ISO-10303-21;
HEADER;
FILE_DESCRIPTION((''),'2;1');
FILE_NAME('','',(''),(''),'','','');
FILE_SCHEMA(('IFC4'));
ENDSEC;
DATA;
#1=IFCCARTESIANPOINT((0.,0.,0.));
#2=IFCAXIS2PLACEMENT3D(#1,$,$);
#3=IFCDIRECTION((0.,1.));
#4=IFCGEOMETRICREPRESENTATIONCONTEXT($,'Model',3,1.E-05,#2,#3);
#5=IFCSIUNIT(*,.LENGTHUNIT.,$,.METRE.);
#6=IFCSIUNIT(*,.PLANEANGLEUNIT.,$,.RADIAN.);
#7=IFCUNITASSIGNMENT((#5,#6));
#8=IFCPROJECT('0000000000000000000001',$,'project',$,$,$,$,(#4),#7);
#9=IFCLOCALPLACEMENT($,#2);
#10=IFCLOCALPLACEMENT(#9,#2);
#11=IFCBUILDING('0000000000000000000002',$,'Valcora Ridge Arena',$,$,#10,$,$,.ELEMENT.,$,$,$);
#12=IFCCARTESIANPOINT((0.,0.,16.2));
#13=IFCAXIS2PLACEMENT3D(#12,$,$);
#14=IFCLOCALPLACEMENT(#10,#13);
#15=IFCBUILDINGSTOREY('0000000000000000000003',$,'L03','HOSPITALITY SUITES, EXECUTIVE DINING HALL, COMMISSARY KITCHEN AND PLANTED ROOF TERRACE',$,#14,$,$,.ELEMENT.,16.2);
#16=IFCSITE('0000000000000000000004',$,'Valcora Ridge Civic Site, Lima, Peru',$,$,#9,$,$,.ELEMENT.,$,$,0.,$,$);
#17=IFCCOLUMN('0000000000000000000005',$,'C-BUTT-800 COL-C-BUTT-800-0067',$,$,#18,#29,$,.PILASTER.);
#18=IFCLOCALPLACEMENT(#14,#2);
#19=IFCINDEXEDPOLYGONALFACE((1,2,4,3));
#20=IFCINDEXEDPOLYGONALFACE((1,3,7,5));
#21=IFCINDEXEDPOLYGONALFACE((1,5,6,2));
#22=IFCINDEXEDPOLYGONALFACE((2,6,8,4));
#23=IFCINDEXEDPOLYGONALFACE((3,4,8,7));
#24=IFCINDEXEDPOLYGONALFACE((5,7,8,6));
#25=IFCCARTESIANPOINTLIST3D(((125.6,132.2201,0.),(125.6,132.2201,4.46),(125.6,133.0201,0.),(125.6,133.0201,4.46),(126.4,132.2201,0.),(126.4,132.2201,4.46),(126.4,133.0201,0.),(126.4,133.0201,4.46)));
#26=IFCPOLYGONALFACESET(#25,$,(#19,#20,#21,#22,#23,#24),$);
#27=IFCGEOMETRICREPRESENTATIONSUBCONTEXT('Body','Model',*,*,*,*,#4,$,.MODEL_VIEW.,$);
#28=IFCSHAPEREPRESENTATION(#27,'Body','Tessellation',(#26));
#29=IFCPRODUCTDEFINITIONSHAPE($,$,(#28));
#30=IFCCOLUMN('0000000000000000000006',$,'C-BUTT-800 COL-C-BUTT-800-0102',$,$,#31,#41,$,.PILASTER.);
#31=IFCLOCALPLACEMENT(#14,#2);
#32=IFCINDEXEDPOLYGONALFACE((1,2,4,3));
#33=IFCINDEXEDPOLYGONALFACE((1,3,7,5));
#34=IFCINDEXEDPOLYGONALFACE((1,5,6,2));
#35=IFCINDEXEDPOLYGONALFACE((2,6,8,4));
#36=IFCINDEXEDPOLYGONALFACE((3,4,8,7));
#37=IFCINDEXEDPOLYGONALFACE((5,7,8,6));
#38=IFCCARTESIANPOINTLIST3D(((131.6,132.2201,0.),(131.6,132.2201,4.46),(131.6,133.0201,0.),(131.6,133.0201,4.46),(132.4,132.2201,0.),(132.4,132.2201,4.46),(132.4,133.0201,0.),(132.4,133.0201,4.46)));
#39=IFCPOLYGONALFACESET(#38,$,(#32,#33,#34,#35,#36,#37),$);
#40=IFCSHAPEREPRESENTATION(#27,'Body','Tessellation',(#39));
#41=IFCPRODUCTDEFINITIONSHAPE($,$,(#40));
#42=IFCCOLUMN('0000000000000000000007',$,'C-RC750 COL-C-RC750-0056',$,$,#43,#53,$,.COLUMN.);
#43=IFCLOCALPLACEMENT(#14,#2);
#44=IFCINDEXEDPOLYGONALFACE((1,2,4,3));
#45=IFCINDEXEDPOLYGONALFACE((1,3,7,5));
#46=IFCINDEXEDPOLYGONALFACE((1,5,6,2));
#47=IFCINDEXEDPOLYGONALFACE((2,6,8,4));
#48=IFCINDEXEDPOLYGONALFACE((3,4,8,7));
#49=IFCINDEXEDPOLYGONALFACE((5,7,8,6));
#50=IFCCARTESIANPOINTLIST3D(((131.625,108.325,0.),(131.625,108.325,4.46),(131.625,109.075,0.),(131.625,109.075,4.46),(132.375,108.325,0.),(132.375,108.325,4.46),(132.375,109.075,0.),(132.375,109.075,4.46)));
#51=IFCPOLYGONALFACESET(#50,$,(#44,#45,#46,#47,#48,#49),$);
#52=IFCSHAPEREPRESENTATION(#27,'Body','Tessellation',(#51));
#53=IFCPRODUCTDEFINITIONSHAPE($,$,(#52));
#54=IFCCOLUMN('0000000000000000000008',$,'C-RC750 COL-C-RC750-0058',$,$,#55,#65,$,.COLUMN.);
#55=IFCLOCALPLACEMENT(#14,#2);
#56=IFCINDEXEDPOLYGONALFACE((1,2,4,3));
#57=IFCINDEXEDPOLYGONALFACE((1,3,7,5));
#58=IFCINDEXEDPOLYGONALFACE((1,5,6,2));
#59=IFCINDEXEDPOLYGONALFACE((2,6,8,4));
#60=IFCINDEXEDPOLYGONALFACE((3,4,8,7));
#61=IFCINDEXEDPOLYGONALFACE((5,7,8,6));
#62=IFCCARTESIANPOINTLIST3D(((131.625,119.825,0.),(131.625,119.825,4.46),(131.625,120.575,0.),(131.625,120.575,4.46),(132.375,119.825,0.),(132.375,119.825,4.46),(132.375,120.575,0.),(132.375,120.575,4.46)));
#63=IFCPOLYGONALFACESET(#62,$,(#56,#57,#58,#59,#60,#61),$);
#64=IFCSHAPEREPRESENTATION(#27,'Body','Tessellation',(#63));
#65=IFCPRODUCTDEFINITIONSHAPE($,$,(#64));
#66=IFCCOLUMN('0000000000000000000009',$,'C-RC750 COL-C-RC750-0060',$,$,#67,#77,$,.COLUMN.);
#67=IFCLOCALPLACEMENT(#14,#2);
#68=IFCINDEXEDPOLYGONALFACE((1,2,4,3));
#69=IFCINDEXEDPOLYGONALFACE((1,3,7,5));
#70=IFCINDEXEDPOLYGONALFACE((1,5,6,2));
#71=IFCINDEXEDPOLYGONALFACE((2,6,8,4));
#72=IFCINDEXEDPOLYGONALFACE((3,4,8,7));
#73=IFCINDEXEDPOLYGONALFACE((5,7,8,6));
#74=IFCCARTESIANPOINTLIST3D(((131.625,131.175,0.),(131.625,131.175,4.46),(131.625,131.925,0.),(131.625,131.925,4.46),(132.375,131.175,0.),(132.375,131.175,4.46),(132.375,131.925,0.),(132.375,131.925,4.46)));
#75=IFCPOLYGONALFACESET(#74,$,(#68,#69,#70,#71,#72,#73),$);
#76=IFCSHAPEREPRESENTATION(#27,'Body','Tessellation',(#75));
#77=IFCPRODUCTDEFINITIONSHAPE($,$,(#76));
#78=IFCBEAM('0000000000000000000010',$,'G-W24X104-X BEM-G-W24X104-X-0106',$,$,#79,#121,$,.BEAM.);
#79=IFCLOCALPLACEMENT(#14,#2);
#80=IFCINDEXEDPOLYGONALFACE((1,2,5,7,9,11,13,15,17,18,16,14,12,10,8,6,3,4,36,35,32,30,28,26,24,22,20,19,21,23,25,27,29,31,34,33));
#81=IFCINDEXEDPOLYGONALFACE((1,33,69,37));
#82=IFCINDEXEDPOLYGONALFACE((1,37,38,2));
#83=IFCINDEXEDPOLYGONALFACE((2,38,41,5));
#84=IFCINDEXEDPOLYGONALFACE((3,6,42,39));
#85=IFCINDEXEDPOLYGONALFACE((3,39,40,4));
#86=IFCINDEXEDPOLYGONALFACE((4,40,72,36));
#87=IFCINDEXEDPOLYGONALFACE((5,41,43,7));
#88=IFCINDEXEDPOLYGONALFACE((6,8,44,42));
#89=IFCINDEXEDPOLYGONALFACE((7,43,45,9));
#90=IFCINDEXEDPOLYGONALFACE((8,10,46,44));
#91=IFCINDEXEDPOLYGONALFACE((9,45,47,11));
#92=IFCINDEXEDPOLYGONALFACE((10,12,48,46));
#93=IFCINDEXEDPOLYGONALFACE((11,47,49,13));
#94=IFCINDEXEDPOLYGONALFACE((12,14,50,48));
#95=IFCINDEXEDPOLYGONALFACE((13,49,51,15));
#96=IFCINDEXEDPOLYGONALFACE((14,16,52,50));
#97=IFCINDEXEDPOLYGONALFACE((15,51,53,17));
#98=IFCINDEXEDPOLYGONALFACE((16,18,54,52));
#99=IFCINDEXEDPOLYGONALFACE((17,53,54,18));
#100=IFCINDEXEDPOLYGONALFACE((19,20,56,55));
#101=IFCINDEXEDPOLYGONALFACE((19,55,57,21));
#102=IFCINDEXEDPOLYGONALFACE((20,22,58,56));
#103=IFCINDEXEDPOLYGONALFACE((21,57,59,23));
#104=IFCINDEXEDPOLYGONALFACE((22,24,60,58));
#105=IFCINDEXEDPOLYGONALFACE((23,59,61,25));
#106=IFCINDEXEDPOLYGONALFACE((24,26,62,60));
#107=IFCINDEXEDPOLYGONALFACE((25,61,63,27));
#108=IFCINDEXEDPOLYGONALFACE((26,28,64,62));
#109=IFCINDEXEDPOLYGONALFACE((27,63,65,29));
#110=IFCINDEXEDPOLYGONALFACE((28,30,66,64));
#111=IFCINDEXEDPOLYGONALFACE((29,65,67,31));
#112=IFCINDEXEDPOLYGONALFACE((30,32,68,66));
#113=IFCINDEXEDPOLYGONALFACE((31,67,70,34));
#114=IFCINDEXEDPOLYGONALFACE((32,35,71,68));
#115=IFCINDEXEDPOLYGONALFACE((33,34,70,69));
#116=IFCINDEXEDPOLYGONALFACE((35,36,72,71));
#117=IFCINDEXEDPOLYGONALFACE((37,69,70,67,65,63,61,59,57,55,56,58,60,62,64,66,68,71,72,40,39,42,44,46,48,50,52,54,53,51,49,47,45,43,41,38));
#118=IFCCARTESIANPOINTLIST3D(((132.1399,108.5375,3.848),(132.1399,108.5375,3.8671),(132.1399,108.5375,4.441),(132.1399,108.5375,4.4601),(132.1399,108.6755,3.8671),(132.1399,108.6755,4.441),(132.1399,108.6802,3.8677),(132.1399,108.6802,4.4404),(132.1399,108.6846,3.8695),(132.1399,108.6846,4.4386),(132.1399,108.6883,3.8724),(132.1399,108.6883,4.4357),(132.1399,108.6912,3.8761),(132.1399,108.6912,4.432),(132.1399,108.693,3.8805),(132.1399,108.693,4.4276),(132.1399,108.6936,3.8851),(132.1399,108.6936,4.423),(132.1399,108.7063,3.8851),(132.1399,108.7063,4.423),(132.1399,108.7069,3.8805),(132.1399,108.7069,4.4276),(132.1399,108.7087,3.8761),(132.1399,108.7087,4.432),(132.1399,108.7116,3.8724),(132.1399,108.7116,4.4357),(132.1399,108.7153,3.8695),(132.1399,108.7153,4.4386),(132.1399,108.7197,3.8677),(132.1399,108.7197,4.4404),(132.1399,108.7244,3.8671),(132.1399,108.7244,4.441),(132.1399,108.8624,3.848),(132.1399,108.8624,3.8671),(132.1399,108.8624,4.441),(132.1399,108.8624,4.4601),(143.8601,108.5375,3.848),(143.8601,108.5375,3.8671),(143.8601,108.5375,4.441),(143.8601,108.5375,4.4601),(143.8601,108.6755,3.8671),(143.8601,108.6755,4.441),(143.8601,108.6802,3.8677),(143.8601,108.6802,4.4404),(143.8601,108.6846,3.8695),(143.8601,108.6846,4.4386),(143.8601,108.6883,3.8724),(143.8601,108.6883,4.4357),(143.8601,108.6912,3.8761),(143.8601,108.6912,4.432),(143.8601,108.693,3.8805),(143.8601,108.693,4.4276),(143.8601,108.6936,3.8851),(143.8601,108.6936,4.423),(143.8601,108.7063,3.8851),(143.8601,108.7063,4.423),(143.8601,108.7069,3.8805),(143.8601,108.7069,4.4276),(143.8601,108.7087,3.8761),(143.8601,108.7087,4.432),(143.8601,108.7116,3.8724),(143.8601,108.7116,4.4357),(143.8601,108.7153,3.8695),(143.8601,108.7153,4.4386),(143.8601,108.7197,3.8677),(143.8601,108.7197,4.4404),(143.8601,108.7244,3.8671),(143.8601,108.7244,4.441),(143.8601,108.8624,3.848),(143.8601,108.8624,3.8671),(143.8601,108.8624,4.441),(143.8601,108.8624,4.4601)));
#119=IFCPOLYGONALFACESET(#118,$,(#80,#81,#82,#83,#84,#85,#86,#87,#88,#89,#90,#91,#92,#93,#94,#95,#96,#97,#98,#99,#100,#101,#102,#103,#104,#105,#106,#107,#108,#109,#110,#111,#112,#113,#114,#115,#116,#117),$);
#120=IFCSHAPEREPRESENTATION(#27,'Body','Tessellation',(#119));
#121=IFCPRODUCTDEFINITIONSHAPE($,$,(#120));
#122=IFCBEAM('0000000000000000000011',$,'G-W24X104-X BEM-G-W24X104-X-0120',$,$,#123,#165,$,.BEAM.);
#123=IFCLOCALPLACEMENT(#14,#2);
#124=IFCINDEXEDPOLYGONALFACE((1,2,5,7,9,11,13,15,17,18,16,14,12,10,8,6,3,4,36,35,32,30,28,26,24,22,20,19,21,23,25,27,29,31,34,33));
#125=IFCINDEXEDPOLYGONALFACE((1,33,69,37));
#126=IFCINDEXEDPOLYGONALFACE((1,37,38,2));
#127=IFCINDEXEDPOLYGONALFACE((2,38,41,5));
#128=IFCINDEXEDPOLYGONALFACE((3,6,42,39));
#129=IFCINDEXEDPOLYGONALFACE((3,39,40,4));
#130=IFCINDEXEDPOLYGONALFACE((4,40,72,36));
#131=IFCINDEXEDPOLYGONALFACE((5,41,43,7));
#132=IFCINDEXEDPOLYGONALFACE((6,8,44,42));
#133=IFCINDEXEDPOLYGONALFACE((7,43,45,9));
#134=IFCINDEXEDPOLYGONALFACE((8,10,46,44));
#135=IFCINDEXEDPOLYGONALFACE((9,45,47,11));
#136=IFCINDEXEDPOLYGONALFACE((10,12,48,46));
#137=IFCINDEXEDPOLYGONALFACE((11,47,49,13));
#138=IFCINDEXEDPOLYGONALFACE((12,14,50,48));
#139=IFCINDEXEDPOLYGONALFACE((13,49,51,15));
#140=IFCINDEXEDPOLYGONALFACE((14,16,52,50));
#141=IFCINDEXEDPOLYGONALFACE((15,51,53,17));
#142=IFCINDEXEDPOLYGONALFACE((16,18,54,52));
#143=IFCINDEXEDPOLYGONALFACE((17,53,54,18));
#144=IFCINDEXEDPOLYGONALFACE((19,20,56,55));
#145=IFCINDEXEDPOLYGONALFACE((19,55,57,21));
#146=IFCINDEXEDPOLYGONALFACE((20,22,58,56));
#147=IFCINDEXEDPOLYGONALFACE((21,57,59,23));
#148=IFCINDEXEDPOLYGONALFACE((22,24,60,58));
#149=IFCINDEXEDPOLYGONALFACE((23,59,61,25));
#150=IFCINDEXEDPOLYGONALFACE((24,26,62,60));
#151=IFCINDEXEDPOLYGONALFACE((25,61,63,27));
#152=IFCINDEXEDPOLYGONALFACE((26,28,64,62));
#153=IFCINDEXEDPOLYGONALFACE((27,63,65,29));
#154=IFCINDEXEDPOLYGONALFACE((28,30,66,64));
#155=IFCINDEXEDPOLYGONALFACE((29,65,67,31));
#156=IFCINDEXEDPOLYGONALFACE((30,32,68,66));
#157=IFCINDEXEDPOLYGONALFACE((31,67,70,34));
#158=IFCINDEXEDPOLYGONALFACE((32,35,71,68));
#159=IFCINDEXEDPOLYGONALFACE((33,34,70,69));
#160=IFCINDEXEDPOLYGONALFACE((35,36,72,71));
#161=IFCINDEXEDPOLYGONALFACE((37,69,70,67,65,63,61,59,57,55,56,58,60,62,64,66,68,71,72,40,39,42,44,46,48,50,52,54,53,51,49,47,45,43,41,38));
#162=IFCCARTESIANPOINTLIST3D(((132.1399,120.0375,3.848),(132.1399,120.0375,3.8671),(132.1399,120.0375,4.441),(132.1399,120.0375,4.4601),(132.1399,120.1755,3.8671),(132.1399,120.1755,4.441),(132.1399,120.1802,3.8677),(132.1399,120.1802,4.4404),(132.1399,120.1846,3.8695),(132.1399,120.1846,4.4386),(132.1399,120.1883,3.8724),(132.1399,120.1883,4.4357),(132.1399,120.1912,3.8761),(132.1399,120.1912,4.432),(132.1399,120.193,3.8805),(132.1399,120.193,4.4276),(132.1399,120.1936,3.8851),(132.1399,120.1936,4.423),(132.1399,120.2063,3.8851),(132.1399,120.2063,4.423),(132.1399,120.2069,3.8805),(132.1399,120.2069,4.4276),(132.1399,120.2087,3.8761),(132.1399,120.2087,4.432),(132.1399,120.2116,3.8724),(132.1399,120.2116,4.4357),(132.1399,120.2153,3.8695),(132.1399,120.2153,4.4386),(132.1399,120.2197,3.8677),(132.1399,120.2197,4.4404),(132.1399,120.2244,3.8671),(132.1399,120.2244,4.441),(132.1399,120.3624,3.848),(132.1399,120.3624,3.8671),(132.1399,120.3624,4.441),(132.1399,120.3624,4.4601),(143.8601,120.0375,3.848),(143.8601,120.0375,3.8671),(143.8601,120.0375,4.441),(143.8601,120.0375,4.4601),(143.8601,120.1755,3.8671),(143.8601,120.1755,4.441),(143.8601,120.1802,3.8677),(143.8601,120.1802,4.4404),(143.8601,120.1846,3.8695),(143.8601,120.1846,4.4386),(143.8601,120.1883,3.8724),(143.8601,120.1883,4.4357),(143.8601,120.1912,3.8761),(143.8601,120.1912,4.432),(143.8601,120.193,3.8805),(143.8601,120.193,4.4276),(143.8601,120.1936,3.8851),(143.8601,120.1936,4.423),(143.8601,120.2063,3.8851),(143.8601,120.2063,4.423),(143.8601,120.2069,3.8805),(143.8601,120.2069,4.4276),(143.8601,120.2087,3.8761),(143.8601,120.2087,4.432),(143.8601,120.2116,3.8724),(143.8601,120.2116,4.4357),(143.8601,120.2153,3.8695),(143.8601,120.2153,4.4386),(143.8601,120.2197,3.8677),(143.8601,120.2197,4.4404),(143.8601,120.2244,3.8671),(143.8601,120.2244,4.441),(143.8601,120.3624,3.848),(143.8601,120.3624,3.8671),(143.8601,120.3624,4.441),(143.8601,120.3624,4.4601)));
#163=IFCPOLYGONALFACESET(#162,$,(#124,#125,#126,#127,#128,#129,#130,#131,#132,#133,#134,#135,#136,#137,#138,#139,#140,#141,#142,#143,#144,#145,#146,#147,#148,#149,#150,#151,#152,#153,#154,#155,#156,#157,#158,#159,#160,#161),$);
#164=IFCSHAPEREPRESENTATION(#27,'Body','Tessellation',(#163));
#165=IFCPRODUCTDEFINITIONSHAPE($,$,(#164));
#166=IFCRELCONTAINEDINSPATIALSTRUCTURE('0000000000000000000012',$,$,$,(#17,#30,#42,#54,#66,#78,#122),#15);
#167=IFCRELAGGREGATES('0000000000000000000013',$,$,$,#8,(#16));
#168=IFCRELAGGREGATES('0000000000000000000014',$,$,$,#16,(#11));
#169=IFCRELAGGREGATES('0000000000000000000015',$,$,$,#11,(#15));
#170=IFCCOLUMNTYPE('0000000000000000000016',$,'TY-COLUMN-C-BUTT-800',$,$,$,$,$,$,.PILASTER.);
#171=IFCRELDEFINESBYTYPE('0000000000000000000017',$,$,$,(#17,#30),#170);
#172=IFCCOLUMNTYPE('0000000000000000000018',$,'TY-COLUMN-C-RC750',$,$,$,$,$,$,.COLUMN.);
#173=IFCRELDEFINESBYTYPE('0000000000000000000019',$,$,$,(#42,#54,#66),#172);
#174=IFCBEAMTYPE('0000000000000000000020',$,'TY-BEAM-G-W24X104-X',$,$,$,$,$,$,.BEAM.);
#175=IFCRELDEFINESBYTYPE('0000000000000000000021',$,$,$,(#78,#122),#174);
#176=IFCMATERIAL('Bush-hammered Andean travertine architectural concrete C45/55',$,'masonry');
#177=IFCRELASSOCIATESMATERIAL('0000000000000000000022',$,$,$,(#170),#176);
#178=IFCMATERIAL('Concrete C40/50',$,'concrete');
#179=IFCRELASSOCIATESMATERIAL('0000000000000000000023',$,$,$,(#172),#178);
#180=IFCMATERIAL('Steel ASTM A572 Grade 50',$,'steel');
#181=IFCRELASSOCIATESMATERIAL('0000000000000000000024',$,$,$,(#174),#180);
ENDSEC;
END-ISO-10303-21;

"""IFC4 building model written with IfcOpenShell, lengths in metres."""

from ifc_helpers import new_model, si_unit, direction, frame, origin, origin_2d, place, context, subcontext, project, spatial, rectangle, i_section, extrude, material, material_profile, profile_set, type_object, element, save


model = new_model("IFC4")

# Units and contexts
model_context = context("Model", 3, precision=1e-05, world=origin(), true_north=direction((0.0, 1.0)))
body_context = subcontext(model_context, "Body", "Model", "MODEL_VIEW")
ifc_project = project(units=[si_unit("LENGTHUNIT", "METRE"), si_unit("PLANEANGLEUNIT", "RADIAN")], contexts=[model_context])

# Site, building, storey
site_placement = place(None, origin())
site = spatial("IfcSite", under=ifc_project, at=site_placement, Name="Valcora Ridge Civic Site, Lima, Peru", CompositionType="ELEMENT", RefElevation=0.0)
building_placement = place(site_placement, origin())
building = spatial("IfcBuilding", under=site, at=building_placement, Name="Valcora Ridge Arena", CompositionType="ELEMENT")
storey_placement = place(building_placement, frame((0.0, 0.0, 16.2)))
storey = spatial("IfcBuildingStorey", under=building, at=storey_placement, Name="L03", Description="HOSPITALITY SUITES, EXECUTIVE DINING HALL, COMMISSARY KITCHEN AND PLANTED ROOF TERRACE", CompositionType="ELEMENT", Elevation=16.2)

# Columns
ifc_material_1 = material(Name="Bush-hammered Andean travertine architectural concrete C45/55", Category="masonry")
ifc_material_profile_1 = material_profile(ifc_material_1, rectangle(XDim=0.8, YDim=0.8, at=origin_2d()), Name="RC 800x800")
ifc_profile_set_1 = profile_set([ifc_material_profile_1], Name="Bush-hammered Andean travertine architectural concrete C45/55")
column_type_1 = type_object("IfcColumnType", Name="TY-COLUMN-C-BUTT-800", PredefinedType="PILASTER", material=ifc_profile_set_1)
for number, where, z_axis, x_axis, name in (
    (1, (126.0, 132.6201, 0.0), (0.0, 0.0, 1.0), (1.0, 0.0, 0.0), "C-BUTT-800 COL-C-BUTT-800-0067"),
    (2, (132.0, 132.6201, 0.0), (0.0, 0.0, 1.0), (1.0, 0.0, 0.0), "C-BUTT-800 COL-C-BUTT-800-0102"),
):
    element("IfcColumn", number, at=place(storey_placement, frame(where, z_axis=z_axis, x_axis=x_axis)), inside=storey, type_object=column_type_1, Name=name, PredefinedType="PILASTER", context=body_context, shape_type="SweptSolid", body=[
        extrude(rectangle(XDim=0.8, YDim=0.8, at=origin_2d()), origin(), (0.0, 0.0, 1.0), 4.46),
    ])
ifc_material_2 = material(Name="Concrete C40/50", Category="concrete")
ifc_material_profile_2 = material_profile(ifc_material_2, rectangle(XDim=0.75, YDim=0.75, at=origin_2d()), Name="RC 750x750")
ifc_profile_set_2 = profile_set([ifc_material_profile_2], Name="Concrete C40/50")
column_type_2 = type_object("IfcColumnType", Name="TY-COLUMN-C-RC750", PredefinedType="COLUMN", material=ifc_profile_set_2)
for number, where, z_axis, x_axis, name in (
    (3, (132.0, 108.7, 0.0), (0.0, 0.0, 1.0), (1.0, 0.0, 0.0), "C-RC750 COL-C-RC750-0056"),
    (4, (132.0, 120.2, 0.0), (0.0, 0.0, 1.0), (1.0, 0.0, 0.0), "C-RC750 COL-C-RC750-0058"),
    (5, (132.0, 131.55, 0.0), (0.0, 0.0, 1.0), (1.0, 0.0, 0.0), "C-RC750 COL-C-RC750-0060"),
):
    element("IfcColumn", number, at=place(storey_placement, frame(where, z_axis=z_axis, x_axis=x_axis)), inside=storey, type_object=column_type_2, Name=name, PredefinedType="COLUMN", context=body_context, shape_type="SweptSolid", body=[
        extrude(rectangle(XDim=0.75, YDim=0.75, at=origin_2d()), origin(), (0.0, 0.0, 1.0), 4.46),
    ])

# Beams
ifc_material_3 = material(Name="Steel ASTM A572 Grade 50", Category="steel")
ifc_material_profile_3 = material_profile(ifc_material_3, i_section(OverallWidth=0.325, OverallDepth=0.6121, WebThickness=0.0127, FlangeThickness=0.019, FilletRadius=0.0181, at=origin_2d()), Name="W24X104")
ifc_profile_set_3 = profile_set([ifc_material_profile_3], Name="Steel ASTM A572 Grade 50")
beam_type_1 = type_object("IfcBeamType", Name="TY-BEAM-G-W24X104-X", PredefinedType="BEAM", material=ifc_profile_set_3)
for number, where, z_axis, x_axis, name in (
    (6, (132.1399, 108.7, 4.1541), (1.0, 0.0, 0.0), (0.0, 1.0, 0.0), "G-W24X104-X BEM-G-W24X104-X-0106"),
    (7, (132.1399, 120.2, 4.1541), (1.0, 0.0, 0.0), (0.0, 1.0, 0.0), "G-W24X104-X BEM-G-W24X104-X-0120"),
):
    element("IfcBeam", number, at=place(storey_placement, frame(where, z_axis=z_axis, x_axis=x_axis)), inside=storey, type_object=beam_type_1, Name=name, PredefinedType="BEAM", context=body_context, shape_type="SweptSolid", body=[
        extrude(i_section(OverallWidth=0.325, OverallDepth=0.6121, WebThickness=0.0127, FlangeThickness=0.019, FilletRadius=0.0181, at=origin_2d()), origin(), (0.0, 0.0, 1.0), 11.7202),
    ])

save(model, "model.ifc")
